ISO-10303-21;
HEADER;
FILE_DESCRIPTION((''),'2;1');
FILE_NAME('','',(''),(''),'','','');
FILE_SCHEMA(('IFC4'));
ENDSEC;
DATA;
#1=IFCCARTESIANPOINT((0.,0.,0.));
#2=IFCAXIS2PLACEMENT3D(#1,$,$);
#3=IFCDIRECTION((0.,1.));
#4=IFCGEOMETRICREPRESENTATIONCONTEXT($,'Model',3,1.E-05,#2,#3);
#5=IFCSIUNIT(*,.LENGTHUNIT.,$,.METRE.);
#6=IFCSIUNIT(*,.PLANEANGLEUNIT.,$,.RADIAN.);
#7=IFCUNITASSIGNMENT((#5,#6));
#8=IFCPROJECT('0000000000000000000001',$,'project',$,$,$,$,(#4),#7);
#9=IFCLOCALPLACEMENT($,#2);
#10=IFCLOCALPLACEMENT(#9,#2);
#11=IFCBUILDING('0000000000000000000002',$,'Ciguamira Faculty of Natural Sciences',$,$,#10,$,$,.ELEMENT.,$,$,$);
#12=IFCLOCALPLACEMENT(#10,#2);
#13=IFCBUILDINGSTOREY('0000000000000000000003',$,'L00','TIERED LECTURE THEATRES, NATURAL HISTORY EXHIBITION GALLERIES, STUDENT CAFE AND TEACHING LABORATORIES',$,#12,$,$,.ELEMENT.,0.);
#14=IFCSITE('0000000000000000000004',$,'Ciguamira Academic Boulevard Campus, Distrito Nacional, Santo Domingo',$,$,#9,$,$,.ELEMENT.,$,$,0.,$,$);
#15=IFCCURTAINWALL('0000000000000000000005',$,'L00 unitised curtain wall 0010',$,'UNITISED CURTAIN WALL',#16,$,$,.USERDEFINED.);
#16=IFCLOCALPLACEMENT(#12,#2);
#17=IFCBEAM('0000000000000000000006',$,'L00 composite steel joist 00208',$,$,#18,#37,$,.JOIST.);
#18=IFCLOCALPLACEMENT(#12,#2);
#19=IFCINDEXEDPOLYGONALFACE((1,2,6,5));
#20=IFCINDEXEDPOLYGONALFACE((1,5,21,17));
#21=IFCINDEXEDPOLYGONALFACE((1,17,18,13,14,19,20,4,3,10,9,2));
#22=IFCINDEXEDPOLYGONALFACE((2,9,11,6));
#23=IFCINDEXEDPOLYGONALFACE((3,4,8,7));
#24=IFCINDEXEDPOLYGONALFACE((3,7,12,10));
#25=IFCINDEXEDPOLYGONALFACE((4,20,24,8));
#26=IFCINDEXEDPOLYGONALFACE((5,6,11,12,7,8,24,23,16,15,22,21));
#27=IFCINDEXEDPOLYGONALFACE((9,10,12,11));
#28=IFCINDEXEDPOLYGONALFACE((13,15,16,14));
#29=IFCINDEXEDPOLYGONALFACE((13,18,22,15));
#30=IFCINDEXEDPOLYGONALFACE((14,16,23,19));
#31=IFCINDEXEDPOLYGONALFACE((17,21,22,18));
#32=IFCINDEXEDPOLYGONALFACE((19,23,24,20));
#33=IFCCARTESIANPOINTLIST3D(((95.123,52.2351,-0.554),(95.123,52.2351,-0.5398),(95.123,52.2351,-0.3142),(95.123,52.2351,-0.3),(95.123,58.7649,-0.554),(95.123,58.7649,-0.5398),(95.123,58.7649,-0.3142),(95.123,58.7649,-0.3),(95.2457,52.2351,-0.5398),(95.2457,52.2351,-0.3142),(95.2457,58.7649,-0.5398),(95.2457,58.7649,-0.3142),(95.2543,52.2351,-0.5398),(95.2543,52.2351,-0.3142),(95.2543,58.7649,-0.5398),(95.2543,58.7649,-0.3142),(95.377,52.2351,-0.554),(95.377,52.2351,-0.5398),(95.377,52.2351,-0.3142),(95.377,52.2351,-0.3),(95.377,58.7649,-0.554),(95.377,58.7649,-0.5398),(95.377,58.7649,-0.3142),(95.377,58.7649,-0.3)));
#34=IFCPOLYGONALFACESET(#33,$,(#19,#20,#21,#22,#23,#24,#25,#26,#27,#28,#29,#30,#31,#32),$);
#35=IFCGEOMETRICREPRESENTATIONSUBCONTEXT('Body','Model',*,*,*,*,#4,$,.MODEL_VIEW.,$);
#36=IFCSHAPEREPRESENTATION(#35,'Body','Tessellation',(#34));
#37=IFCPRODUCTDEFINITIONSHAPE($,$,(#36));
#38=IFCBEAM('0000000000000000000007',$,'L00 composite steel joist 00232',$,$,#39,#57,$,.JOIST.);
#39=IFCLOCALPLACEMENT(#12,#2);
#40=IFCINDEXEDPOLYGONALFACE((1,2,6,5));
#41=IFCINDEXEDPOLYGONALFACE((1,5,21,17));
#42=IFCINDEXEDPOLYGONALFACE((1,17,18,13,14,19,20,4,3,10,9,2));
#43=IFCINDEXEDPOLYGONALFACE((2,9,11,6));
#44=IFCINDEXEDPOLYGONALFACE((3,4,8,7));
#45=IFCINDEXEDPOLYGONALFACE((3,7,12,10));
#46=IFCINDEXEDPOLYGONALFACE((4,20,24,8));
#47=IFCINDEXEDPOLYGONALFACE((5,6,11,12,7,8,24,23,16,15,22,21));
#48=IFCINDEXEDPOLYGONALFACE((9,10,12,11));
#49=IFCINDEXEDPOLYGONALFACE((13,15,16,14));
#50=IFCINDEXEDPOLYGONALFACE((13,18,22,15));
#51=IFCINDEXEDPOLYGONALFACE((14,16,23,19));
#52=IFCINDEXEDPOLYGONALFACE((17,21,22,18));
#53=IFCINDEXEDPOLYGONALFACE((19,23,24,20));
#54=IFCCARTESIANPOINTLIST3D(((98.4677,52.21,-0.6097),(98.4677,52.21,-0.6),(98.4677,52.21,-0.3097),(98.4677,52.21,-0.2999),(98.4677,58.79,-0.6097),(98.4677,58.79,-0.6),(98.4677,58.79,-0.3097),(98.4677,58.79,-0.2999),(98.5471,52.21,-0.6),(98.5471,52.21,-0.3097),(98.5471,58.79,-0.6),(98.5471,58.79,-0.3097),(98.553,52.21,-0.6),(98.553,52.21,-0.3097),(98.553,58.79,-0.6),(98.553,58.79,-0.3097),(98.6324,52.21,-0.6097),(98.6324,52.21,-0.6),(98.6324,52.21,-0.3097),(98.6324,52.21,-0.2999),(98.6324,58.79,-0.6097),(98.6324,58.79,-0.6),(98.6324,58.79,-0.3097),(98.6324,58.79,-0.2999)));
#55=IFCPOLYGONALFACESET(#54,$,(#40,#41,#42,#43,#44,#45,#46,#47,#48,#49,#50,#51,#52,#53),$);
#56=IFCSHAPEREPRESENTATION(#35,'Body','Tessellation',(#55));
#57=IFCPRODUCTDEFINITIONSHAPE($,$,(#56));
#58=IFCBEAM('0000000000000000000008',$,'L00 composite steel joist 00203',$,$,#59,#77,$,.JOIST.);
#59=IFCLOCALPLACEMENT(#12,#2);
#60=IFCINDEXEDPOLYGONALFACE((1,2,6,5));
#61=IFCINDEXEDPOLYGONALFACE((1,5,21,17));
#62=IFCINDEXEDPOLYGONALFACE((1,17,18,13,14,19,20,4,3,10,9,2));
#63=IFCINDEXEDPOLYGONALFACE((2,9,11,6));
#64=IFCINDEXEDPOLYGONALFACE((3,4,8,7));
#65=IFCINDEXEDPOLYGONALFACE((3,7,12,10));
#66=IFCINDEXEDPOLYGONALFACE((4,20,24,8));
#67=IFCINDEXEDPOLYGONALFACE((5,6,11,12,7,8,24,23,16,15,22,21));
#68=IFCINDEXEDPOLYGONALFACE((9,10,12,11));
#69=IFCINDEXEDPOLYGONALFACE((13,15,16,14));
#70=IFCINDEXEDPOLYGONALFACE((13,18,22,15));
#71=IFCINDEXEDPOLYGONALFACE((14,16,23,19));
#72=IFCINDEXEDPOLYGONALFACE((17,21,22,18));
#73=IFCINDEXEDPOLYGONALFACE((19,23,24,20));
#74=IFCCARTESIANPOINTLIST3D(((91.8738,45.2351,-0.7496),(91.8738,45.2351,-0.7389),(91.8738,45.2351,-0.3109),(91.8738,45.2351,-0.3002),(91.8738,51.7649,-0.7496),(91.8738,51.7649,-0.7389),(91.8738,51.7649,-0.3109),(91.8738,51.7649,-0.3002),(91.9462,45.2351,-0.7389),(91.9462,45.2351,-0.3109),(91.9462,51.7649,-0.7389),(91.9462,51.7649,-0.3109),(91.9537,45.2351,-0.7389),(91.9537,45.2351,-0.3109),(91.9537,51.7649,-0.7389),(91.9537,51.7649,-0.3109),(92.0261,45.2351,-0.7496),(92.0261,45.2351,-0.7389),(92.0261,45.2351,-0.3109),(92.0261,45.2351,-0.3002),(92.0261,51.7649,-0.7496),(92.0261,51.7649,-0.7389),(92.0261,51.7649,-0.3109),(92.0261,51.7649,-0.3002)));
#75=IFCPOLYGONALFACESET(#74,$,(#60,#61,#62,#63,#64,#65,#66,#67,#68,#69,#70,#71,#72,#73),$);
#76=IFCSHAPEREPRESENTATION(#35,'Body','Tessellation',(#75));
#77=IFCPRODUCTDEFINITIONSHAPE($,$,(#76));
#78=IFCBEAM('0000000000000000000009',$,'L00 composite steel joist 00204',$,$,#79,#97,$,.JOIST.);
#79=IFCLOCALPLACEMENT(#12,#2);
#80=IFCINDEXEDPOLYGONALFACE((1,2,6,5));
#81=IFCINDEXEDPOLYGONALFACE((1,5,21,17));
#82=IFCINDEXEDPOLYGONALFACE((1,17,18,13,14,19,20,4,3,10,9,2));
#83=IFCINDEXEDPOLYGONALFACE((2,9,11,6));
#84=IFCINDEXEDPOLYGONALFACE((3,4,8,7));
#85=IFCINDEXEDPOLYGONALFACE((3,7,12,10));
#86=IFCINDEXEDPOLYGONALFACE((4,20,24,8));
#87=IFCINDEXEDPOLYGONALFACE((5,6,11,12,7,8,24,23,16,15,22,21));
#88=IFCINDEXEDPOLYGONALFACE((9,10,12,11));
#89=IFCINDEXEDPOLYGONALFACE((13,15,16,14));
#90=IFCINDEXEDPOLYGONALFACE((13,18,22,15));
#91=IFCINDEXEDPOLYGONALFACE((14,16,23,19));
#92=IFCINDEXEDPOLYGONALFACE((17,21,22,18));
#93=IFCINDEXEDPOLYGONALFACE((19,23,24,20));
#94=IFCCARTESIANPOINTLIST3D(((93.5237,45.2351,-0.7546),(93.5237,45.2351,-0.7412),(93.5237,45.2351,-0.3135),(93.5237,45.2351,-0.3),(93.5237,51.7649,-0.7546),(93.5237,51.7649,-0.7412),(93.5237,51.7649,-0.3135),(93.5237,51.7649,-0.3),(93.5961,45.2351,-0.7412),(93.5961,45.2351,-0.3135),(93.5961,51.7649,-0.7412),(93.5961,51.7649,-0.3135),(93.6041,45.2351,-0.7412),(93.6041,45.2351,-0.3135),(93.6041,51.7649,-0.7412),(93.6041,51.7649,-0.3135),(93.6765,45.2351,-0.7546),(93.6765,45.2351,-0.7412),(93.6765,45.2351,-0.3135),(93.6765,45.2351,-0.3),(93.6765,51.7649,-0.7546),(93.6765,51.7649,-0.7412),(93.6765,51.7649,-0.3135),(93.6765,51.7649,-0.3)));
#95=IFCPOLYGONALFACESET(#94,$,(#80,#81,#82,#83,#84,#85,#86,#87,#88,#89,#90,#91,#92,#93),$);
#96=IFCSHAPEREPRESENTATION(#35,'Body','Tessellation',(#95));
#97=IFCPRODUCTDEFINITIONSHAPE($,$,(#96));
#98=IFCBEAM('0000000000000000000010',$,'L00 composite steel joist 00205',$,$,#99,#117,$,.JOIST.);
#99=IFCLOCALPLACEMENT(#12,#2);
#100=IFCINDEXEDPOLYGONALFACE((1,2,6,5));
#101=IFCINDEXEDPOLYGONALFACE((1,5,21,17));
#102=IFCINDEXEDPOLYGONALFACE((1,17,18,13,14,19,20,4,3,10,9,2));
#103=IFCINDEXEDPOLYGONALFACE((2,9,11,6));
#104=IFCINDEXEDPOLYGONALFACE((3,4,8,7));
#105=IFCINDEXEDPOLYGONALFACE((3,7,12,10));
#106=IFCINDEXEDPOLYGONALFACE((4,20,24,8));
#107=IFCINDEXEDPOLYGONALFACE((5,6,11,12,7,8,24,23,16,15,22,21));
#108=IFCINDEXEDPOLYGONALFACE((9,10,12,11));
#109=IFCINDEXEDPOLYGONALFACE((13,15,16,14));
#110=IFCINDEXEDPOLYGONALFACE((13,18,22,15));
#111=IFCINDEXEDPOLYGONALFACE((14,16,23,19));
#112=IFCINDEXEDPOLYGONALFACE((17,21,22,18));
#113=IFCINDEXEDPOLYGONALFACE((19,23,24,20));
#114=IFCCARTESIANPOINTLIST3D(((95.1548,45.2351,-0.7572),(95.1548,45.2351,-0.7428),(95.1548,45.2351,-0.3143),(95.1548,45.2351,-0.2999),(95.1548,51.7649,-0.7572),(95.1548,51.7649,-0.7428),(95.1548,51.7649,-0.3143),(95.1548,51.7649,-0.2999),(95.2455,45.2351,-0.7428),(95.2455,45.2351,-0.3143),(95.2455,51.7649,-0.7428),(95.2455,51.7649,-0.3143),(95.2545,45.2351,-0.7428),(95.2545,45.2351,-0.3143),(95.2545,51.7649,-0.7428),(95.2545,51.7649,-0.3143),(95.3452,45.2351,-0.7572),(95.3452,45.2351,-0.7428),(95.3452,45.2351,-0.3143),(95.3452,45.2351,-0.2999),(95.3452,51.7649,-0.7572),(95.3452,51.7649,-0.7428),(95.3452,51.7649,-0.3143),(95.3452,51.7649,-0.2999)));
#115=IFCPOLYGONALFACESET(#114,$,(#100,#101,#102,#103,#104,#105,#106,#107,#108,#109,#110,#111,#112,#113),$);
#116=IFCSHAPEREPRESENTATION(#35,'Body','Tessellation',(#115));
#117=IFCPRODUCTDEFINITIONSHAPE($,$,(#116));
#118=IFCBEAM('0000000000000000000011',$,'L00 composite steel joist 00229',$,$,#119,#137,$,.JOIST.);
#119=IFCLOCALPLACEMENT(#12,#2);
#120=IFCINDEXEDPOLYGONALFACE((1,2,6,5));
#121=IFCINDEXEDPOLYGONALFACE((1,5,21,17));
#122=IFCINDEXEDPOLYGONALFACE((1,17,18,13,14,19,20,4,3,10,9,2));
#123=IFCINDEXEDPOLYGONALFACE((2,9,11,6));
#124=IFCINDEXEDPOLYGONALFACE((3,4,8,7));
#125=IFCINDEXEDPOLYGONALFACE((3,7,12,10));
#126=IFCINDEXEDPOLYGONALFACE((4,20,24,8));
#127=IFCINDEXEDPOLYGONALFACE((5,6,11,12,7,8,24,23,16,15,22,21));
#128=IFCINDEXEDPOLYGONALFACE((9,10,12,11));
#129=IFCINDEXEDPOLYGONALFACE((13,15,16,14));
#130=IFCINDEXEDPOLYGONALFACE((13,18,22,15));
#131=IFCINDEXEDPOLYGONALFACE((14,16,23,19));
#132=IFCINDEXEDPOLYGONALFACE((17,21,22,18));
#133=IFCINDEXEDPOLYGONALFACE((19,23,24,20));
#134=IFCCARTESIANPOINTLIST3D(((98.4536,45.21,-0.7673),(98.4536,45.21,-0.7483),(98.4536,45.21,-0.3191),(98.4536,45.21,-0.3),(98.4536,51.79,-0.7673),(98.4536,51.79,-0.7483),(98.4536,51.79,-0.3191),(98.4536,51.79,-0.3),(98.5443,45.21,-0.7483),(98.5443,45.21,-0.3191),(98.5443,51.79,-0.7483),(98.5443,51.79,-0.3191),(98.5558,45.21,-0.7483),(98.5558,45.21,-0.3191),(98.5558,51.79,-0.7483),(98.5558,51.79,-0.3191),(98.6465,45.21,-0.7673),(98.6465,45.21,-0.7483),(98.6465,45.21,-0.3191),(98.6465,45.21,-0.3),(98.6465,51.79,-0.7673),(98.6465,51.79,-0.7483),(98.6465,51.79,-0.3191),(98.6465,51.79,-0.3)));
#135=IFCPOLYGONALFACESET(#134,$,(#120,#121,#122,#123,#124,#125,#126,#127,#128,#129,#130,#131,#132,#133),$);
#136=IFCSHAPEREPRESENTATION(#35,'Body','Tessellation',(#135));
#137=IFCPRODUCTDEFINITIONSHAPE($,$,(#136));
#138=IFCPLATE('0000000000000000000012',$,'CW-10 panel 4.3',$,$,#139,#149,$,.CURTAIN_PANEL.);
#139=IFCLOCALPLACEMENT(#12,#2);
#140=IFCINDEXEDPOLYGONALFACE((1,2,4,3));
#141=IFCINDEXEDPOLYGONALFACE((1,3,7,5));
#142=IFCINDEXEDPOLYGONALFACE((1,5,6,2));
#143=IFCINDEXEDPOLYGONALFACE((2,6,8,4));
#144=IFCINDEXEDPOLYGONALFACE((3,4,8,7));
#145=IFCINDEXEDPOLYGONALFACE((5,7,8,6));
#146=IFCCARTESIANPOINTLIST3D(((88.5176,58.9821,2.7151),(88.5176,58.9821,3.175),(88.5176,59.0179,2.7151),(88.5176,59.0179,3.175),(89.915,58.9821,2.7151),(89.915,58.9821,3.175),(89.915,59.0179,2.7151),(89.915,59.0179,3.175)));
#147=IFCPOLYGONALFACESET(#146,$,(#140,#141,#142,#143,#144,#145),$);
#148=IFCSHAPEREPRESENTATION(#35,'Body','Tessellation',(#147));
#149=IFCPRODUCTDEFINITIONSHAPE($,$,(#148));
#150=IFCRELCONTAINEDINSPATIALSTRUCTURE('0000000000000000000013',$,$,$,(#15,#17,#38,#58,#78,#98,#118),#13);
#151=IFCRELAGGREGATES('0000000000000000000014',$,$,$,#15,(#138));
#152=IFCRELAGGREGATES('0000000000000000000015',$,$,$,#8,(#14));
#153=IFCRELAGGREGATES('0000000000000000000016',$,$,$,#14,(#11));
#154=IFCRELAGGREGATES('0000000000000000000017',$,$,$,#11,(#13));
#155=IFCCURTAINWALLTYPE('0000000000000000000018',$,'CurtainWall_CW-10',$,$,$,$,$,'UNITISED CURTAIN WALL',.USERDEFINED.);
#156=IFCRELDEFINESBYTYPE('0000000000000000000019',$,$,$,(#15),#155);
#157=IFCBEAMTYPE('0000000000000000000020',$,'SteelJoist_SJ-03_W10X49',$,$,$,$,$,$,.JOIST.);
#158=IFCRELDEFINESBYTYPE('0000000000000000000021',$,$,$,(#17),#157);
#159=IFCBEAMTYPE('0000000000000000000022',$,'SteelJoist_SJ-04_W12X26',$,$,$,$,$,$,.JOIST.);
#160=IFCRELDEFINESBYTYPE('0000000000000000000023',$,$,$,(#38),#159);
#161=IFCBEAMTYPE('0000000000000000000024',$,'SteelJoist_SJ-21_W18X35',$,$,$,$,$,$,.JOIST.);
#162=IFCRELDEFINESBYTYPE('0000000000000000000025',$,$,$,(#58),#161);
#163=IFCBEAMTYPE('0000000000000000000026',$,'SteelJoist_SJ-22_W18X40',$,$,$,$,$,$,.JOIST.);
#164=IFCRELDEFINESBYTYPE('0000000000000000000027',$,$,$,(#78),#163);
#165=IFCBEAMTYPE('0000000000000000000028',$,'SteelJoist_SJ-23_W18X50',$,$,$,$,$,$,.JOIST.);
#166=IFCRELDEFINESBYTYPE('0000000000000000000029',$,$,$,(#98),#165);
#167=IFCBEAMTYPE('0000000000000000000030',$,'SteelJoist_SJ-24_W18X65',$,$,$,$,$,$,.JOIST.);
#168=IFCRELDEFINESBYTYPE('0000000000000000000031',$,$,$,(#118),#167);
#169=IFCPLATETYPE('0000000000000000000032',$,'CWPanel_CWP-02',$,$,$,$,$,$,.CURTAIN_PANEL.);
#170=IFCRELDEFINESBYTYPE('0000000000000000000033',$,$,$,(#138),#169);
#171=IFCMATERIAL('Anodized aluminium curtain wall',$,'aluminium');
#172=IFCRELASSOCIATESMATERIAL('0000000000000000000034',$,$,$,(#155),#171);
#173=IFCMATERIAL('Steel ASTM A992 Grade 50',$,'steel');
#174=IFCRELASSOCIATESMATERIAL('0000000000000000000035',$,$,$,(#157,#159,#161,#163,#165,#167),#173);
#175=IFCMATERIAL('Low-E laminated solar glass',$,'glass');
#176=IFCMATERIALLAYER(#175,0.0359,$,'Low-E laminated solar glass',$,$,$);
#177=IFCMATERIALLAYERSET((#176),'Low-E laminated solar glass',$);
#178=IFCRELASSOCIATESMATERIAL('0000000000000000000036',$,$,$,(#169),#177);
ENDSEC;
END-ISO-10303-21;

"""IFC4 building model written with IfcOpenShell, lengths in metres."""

from ifc_helpers import new_model, si_unit, direction, frame, origin, origin_2d, place, context, subcontext, project, spatial, rectangle, i_section, extrude, material, layer, layer_set, material_profile, profile_set, type_object, element, aggregate, save


model = new_model("IFC4")

# Units and contexts
model_context = context("Model", 3, precision=1e-05, world=origin(), true_north=direction((0.0, 1.0)))
body_context = subcontext(model_context, "Body", "Model", "MODEL_VIEW")
ifc_project = project(units=[si_unit("LENGTHUNIT", "METRE"), si_unit("PLANEANGLEUNIT", "RADIAN")], contexts=[model_context])

# Site, building, storey
site_placement = place(None, origin())
site = spatial("IfcSite", under=ifc_project, at=site_placement, Name="Ciguamira Academic Boulevard Campus, Distrito Nacional, Santo Domingo", CompositionType="ELEMENT", RefElevation=0.0)
building_placement = place(site_placement, origin())
building = spatial("IfcBuilding", under=site, at=building_placement, Name="Ciguamira Faculty of Natural Sciences", CompositionType="ELEMENT")
storey_placement = place(building_placement, origin())
storey = spatial("IfcBuildingStorey", under=building, at=storey_placement, Name="L00", Description="TIERED LECTURE THEATRES, NATURAL HISTORY EXHIBITION GALLERIES, STUDENT CAFE AND TEACHING LABORATORIES", CompositionType="ELEMENT", Elevation=0.0)

# Curtain wall
ifc_material_1 = material(Name="Anodized aluminium curtain wall", Category="aluminium")
curtain_wall_type = type_object("IfcCurtainWallType", Name="CurtainWall_CW-10", ElementType="UNITISED CURTAIN WALL", PredefinedType="USERDEFINED", material=ifc_material_1)
curtain_wall_placement = place(storey_placement, origin())
curtain_wall = element("IfcCurtainWall", 1, at=curtain_wall_placement, inside=storey, type_object=curtain_wall_type, Name="L00 unitised curtain wall 0010", ObjectType="UNITISED CURTAIN WALL", PredefinedType="USERDEFINED")

# Beams
ifc_material_2 = material(Name="Steel ASTM A992 Grade 50", Category="steel")
ifc_material_profile_1 = material_profile(ifc_material_2, i_section(OverallWidth=0.2539, OverallDepth=0.2539, WebThickness=0.0085, FlangeThickness=0.0142, at=origin_2d()), Name="W10X49")
ifc_profile_set_1 = profile_set([ifc_material_profile_1], Name="Steel ASTM A992 Grade 50")
beam_type_1 = type_object("IfcBeamType", Name="SteelJoist_SJ-03_W10X49", PredefinedType="JOIST", material=ifc_profile_set_1)
beam_1_placement = place(storey_placement, frame((95.25, 52.2351, -0.427), z_axis=(0.0, 1.0, 0.0), x_axis=(-1.0, 0.0, 0.0)))
element("IfcBeam", 2, at=beam_1_placement, inside=storey, type_object=beam_type_1, Name="L00 composite steel joist 00208", PredefinedType="JOIST", context=body_context, shape_type="SweptSolid", body=[
    extrude(i_section(OverallWidth=0.2539, OverallDepth=0.2539, WebThickness=0.0085, FlangeThickness=0.0142, at=origin_2d()), origin(), (0.0, 0.0, 1.0), 6.5298),
])
ifc_material_profile_2 = material_profile(ifc_material_2, i_section(OverallWidth=0.1648, OverallDepth=0.3098, WebThickness=0.0059, FlangeThickness=0.0098, at=origin_2d()), Name="W12X26")
ifc_profile_set_2 = profile_set([ifc_material_profile_2], Name="Steel ASTM A992 Grade 50")
beam_type_2 = type_object("IfcBeamType", Name="SteelJoist_SJ-04_W12X26", PredefinedType="JOIST", material=ifc_profile_set_2)
beam_2_placement = place(storey_placement, frame((98.55, 52.21, -0.4548), z_axis=(0.0, 1.0, 0.0), x_axis=(-1.0, 0.0, 0.0)))
element("IfcBeam", 3, at=beam_2_placement, inside=storey, type_object=beam_type_2, Name="L00 composite steel joist 00232", PredefinedType="JOIST", context=body_context, shape_type="SweptSolid", body=[
    extrude(i_section(OverallWidth=0.1648, OverallDepth=0.3098, WebThickness=0.0059, FlangeThickness=0.0098, at=origin_2d()), origin(), (0.0, 0.0, 1.0), 6.5801),
])
ifc_material_profile_3 = material_profile(ifc_material_2, i_section(OverallWidth=0.1523, OverallDepth=0.4495, WebThickness=0.0076, FlangeThickness=0.0107, at=origin_2d()), Name="W18X35")
ifc_profile_set_3 = profile_set([ifc_material_profile_3], Name="Steel ASTM A992 Grade 50")
beam_type_3 = type_object("IfcBeamType", Name="SteelJoist_SJ-21_W18X35", PredefinedType="JOIST", material=ifc_profile_set_3)
beam_3_placement = place(storey_placement, frame((91.95, 45.2351, -0.5249), z_axis=(0.0, 1.0, 0.0), x_axis=(-1.0, 0.0, 0.0)))
element("IfcBeam", 4, at=beam_3_placement, inside=storey, type_object=beam_type_3, Name="L00 composite steel joist 00203", PredefinedType="JOIST", context=body_context, shape_type="SweptSolid", body=[
    extrude(i_section(OverallWidth=0.1523, OverallDepth=0.4495, WebThickness=0.0076, FlangeThickness=0.0107, at=origin_2d()), origin(), (0.0, 0.0, 1.0), 6.5298),
])
ifc_material_profile_4 = material_profile(ifc_material_2, i_section(OverallWidth=0.1528, OverallDepth=0.4546, WebThickness=0.0081, FlangeThickness=0.0134, at=origin_2d()), Name="W18X40")
ifc_profile_set_4 = profile_set([ifc_material_profile_4], Name="Steel ASTM A992 Grade 50")
beam_type_4 = type_object("IfcBeamType", Name="SteelJoist_SJ-22_W18X40", PredefinedType="JOIST", material=ifc_profile_set_4)
beam_4_placement = place(storey_placement, frame((93.6001, 45.2351, -0.5273), z_axis=(0.0, 1.0, 0.0), x_axis=(-1.0, 0.0, 0.0)))
element("IfcBeam", 5, at=beam_4_placement, inside=storey, type_object=beam_type_4, Name="L00 composite steel joist 00204", PredefinedType="JOIST", context=body_context, shape_type="SweptSolid", body=[
    extrude(i_section(OverallWidth=0.1528, OverallDepth=0.4546, WebThickness=0.0081, FlangeThickness=0.0134, at=origin_2d()), origin(), (0.0, 0.0, 1.0), 6.5298),
])
ifc_material_profile_5 = material_profile(ifc_material_2, i_section(OverallWidth=0.1904, OverallDepth=0.4573, WebThickness=0.009, FlangeThickness=0.0144, at=origin_2d()), Name="W18X50")
ifc_profile_set_5 = profile_set([ifc_material_profile_5], Name="Steel ASTM A992 Grade 50")
beam_type_5 = type_object("IfcBeamType", Name="SteelJoist_SJ-23_W18X50", PredefinedType="JOIST", material=ifc_profile_set_5)
beam_5_placement = place(storey_placement, frame((95.25, 45.2351, -0.5286), z_axis=(0.0, 1.0, 0.0), x_axis=(-1.0, 0.0, 0.0)))
element("IfcBeam", 6, at=beam_5_placement, inside=storey, type_object=beam_type_5, Name="L00 composite steel joist 00205", PredefinedType="JOIST", context=body_context, shape_type="SweptSolid", body=[
    extrude(i_section(OverallWidth=0.1904, OverallDepth=0.4573, WebThickness=0.009, FlangeThickness=0.0144, at=origin_2d()), origin(), (0.0, 0.0, 1.0), 6.5298),
])
ifc_material_profile_6 = material_profile(ifc_material_2, i_section(OverallWidth=0.1929, OverallDepth=0.4673, WebThickness=0.0115, FlangeThickness=0.019, at=origin_2d()), Name="W18X65")
ifc_profile_set_6 = profile_set([ifc_material_profile_6], Name="Steel ASTM A992 Grade 50")
beam_type_6 = type_object("IfcBeamType", Name="SteelJoist_SJ-24_W18X65", PredefinedType="JOIST", material=ifc_profile_set_6)
beam_6_placement = place(storey_placement, frame((98.55, 45.21, -0.5337), z_axis=(0.0, 1.0, 0.0), x_axis=(-1.0, 0.0, 0.0)))
element("IfcBeam", 7, at=beam_6_placement, inside=storey, type_object=beam_type_6, Name="L00 composite steel joist 00229", PredefinedType="JOIST", context=body_context, shape_type="SweptSolid", body=[
    extrude(i_section(OverallWidth=0.1929, OverallDepth=0.4673, WebThickness=0.0115, FlangeThickness=0.019, at=origin_2d()), origin(), (0.0, 0.0, 1.0), 6.5801),
])

# Plate
ifc_material_3 = material(Name="Low-E laminated solar glass", Category="glass")
ifc_layer = layer(ifc_material_3, 0.0359, Name="Low-E laminated solar glass")
ifc_layer_set = layer_set([ifc_layer], Name="Low-E laminated solar glass")
plate_type = type_object("IfcPlateType", Name="CWPanel_CWP-02", PredefinedType="CURTAIN_PANEL", material=ifc_layer_set)
plate_placement = place(storey_placement, frame((89.2163, 59.0, 2.7151), z_axis=(0.0, 0.0, 1.0), x_axis=(1.0, 0.0, 0.0)))
plate = element("IfcPlate", 8, at=plate_placement, type_object=plate_type, Name="CW-10 panel 4.3", PredefinedType="CURTAIN_PANEL", context=body_context, shape_type="SweptSolid", body=[
    extrude(rectangle(XDim=1.3975, YDim=0.0359, at=origin_2d()), origin(), (0.0, 0.0, 1.0), 0.46),
])
aggregate(curtain_wall, [plate])

save(model, "model.ifc")
